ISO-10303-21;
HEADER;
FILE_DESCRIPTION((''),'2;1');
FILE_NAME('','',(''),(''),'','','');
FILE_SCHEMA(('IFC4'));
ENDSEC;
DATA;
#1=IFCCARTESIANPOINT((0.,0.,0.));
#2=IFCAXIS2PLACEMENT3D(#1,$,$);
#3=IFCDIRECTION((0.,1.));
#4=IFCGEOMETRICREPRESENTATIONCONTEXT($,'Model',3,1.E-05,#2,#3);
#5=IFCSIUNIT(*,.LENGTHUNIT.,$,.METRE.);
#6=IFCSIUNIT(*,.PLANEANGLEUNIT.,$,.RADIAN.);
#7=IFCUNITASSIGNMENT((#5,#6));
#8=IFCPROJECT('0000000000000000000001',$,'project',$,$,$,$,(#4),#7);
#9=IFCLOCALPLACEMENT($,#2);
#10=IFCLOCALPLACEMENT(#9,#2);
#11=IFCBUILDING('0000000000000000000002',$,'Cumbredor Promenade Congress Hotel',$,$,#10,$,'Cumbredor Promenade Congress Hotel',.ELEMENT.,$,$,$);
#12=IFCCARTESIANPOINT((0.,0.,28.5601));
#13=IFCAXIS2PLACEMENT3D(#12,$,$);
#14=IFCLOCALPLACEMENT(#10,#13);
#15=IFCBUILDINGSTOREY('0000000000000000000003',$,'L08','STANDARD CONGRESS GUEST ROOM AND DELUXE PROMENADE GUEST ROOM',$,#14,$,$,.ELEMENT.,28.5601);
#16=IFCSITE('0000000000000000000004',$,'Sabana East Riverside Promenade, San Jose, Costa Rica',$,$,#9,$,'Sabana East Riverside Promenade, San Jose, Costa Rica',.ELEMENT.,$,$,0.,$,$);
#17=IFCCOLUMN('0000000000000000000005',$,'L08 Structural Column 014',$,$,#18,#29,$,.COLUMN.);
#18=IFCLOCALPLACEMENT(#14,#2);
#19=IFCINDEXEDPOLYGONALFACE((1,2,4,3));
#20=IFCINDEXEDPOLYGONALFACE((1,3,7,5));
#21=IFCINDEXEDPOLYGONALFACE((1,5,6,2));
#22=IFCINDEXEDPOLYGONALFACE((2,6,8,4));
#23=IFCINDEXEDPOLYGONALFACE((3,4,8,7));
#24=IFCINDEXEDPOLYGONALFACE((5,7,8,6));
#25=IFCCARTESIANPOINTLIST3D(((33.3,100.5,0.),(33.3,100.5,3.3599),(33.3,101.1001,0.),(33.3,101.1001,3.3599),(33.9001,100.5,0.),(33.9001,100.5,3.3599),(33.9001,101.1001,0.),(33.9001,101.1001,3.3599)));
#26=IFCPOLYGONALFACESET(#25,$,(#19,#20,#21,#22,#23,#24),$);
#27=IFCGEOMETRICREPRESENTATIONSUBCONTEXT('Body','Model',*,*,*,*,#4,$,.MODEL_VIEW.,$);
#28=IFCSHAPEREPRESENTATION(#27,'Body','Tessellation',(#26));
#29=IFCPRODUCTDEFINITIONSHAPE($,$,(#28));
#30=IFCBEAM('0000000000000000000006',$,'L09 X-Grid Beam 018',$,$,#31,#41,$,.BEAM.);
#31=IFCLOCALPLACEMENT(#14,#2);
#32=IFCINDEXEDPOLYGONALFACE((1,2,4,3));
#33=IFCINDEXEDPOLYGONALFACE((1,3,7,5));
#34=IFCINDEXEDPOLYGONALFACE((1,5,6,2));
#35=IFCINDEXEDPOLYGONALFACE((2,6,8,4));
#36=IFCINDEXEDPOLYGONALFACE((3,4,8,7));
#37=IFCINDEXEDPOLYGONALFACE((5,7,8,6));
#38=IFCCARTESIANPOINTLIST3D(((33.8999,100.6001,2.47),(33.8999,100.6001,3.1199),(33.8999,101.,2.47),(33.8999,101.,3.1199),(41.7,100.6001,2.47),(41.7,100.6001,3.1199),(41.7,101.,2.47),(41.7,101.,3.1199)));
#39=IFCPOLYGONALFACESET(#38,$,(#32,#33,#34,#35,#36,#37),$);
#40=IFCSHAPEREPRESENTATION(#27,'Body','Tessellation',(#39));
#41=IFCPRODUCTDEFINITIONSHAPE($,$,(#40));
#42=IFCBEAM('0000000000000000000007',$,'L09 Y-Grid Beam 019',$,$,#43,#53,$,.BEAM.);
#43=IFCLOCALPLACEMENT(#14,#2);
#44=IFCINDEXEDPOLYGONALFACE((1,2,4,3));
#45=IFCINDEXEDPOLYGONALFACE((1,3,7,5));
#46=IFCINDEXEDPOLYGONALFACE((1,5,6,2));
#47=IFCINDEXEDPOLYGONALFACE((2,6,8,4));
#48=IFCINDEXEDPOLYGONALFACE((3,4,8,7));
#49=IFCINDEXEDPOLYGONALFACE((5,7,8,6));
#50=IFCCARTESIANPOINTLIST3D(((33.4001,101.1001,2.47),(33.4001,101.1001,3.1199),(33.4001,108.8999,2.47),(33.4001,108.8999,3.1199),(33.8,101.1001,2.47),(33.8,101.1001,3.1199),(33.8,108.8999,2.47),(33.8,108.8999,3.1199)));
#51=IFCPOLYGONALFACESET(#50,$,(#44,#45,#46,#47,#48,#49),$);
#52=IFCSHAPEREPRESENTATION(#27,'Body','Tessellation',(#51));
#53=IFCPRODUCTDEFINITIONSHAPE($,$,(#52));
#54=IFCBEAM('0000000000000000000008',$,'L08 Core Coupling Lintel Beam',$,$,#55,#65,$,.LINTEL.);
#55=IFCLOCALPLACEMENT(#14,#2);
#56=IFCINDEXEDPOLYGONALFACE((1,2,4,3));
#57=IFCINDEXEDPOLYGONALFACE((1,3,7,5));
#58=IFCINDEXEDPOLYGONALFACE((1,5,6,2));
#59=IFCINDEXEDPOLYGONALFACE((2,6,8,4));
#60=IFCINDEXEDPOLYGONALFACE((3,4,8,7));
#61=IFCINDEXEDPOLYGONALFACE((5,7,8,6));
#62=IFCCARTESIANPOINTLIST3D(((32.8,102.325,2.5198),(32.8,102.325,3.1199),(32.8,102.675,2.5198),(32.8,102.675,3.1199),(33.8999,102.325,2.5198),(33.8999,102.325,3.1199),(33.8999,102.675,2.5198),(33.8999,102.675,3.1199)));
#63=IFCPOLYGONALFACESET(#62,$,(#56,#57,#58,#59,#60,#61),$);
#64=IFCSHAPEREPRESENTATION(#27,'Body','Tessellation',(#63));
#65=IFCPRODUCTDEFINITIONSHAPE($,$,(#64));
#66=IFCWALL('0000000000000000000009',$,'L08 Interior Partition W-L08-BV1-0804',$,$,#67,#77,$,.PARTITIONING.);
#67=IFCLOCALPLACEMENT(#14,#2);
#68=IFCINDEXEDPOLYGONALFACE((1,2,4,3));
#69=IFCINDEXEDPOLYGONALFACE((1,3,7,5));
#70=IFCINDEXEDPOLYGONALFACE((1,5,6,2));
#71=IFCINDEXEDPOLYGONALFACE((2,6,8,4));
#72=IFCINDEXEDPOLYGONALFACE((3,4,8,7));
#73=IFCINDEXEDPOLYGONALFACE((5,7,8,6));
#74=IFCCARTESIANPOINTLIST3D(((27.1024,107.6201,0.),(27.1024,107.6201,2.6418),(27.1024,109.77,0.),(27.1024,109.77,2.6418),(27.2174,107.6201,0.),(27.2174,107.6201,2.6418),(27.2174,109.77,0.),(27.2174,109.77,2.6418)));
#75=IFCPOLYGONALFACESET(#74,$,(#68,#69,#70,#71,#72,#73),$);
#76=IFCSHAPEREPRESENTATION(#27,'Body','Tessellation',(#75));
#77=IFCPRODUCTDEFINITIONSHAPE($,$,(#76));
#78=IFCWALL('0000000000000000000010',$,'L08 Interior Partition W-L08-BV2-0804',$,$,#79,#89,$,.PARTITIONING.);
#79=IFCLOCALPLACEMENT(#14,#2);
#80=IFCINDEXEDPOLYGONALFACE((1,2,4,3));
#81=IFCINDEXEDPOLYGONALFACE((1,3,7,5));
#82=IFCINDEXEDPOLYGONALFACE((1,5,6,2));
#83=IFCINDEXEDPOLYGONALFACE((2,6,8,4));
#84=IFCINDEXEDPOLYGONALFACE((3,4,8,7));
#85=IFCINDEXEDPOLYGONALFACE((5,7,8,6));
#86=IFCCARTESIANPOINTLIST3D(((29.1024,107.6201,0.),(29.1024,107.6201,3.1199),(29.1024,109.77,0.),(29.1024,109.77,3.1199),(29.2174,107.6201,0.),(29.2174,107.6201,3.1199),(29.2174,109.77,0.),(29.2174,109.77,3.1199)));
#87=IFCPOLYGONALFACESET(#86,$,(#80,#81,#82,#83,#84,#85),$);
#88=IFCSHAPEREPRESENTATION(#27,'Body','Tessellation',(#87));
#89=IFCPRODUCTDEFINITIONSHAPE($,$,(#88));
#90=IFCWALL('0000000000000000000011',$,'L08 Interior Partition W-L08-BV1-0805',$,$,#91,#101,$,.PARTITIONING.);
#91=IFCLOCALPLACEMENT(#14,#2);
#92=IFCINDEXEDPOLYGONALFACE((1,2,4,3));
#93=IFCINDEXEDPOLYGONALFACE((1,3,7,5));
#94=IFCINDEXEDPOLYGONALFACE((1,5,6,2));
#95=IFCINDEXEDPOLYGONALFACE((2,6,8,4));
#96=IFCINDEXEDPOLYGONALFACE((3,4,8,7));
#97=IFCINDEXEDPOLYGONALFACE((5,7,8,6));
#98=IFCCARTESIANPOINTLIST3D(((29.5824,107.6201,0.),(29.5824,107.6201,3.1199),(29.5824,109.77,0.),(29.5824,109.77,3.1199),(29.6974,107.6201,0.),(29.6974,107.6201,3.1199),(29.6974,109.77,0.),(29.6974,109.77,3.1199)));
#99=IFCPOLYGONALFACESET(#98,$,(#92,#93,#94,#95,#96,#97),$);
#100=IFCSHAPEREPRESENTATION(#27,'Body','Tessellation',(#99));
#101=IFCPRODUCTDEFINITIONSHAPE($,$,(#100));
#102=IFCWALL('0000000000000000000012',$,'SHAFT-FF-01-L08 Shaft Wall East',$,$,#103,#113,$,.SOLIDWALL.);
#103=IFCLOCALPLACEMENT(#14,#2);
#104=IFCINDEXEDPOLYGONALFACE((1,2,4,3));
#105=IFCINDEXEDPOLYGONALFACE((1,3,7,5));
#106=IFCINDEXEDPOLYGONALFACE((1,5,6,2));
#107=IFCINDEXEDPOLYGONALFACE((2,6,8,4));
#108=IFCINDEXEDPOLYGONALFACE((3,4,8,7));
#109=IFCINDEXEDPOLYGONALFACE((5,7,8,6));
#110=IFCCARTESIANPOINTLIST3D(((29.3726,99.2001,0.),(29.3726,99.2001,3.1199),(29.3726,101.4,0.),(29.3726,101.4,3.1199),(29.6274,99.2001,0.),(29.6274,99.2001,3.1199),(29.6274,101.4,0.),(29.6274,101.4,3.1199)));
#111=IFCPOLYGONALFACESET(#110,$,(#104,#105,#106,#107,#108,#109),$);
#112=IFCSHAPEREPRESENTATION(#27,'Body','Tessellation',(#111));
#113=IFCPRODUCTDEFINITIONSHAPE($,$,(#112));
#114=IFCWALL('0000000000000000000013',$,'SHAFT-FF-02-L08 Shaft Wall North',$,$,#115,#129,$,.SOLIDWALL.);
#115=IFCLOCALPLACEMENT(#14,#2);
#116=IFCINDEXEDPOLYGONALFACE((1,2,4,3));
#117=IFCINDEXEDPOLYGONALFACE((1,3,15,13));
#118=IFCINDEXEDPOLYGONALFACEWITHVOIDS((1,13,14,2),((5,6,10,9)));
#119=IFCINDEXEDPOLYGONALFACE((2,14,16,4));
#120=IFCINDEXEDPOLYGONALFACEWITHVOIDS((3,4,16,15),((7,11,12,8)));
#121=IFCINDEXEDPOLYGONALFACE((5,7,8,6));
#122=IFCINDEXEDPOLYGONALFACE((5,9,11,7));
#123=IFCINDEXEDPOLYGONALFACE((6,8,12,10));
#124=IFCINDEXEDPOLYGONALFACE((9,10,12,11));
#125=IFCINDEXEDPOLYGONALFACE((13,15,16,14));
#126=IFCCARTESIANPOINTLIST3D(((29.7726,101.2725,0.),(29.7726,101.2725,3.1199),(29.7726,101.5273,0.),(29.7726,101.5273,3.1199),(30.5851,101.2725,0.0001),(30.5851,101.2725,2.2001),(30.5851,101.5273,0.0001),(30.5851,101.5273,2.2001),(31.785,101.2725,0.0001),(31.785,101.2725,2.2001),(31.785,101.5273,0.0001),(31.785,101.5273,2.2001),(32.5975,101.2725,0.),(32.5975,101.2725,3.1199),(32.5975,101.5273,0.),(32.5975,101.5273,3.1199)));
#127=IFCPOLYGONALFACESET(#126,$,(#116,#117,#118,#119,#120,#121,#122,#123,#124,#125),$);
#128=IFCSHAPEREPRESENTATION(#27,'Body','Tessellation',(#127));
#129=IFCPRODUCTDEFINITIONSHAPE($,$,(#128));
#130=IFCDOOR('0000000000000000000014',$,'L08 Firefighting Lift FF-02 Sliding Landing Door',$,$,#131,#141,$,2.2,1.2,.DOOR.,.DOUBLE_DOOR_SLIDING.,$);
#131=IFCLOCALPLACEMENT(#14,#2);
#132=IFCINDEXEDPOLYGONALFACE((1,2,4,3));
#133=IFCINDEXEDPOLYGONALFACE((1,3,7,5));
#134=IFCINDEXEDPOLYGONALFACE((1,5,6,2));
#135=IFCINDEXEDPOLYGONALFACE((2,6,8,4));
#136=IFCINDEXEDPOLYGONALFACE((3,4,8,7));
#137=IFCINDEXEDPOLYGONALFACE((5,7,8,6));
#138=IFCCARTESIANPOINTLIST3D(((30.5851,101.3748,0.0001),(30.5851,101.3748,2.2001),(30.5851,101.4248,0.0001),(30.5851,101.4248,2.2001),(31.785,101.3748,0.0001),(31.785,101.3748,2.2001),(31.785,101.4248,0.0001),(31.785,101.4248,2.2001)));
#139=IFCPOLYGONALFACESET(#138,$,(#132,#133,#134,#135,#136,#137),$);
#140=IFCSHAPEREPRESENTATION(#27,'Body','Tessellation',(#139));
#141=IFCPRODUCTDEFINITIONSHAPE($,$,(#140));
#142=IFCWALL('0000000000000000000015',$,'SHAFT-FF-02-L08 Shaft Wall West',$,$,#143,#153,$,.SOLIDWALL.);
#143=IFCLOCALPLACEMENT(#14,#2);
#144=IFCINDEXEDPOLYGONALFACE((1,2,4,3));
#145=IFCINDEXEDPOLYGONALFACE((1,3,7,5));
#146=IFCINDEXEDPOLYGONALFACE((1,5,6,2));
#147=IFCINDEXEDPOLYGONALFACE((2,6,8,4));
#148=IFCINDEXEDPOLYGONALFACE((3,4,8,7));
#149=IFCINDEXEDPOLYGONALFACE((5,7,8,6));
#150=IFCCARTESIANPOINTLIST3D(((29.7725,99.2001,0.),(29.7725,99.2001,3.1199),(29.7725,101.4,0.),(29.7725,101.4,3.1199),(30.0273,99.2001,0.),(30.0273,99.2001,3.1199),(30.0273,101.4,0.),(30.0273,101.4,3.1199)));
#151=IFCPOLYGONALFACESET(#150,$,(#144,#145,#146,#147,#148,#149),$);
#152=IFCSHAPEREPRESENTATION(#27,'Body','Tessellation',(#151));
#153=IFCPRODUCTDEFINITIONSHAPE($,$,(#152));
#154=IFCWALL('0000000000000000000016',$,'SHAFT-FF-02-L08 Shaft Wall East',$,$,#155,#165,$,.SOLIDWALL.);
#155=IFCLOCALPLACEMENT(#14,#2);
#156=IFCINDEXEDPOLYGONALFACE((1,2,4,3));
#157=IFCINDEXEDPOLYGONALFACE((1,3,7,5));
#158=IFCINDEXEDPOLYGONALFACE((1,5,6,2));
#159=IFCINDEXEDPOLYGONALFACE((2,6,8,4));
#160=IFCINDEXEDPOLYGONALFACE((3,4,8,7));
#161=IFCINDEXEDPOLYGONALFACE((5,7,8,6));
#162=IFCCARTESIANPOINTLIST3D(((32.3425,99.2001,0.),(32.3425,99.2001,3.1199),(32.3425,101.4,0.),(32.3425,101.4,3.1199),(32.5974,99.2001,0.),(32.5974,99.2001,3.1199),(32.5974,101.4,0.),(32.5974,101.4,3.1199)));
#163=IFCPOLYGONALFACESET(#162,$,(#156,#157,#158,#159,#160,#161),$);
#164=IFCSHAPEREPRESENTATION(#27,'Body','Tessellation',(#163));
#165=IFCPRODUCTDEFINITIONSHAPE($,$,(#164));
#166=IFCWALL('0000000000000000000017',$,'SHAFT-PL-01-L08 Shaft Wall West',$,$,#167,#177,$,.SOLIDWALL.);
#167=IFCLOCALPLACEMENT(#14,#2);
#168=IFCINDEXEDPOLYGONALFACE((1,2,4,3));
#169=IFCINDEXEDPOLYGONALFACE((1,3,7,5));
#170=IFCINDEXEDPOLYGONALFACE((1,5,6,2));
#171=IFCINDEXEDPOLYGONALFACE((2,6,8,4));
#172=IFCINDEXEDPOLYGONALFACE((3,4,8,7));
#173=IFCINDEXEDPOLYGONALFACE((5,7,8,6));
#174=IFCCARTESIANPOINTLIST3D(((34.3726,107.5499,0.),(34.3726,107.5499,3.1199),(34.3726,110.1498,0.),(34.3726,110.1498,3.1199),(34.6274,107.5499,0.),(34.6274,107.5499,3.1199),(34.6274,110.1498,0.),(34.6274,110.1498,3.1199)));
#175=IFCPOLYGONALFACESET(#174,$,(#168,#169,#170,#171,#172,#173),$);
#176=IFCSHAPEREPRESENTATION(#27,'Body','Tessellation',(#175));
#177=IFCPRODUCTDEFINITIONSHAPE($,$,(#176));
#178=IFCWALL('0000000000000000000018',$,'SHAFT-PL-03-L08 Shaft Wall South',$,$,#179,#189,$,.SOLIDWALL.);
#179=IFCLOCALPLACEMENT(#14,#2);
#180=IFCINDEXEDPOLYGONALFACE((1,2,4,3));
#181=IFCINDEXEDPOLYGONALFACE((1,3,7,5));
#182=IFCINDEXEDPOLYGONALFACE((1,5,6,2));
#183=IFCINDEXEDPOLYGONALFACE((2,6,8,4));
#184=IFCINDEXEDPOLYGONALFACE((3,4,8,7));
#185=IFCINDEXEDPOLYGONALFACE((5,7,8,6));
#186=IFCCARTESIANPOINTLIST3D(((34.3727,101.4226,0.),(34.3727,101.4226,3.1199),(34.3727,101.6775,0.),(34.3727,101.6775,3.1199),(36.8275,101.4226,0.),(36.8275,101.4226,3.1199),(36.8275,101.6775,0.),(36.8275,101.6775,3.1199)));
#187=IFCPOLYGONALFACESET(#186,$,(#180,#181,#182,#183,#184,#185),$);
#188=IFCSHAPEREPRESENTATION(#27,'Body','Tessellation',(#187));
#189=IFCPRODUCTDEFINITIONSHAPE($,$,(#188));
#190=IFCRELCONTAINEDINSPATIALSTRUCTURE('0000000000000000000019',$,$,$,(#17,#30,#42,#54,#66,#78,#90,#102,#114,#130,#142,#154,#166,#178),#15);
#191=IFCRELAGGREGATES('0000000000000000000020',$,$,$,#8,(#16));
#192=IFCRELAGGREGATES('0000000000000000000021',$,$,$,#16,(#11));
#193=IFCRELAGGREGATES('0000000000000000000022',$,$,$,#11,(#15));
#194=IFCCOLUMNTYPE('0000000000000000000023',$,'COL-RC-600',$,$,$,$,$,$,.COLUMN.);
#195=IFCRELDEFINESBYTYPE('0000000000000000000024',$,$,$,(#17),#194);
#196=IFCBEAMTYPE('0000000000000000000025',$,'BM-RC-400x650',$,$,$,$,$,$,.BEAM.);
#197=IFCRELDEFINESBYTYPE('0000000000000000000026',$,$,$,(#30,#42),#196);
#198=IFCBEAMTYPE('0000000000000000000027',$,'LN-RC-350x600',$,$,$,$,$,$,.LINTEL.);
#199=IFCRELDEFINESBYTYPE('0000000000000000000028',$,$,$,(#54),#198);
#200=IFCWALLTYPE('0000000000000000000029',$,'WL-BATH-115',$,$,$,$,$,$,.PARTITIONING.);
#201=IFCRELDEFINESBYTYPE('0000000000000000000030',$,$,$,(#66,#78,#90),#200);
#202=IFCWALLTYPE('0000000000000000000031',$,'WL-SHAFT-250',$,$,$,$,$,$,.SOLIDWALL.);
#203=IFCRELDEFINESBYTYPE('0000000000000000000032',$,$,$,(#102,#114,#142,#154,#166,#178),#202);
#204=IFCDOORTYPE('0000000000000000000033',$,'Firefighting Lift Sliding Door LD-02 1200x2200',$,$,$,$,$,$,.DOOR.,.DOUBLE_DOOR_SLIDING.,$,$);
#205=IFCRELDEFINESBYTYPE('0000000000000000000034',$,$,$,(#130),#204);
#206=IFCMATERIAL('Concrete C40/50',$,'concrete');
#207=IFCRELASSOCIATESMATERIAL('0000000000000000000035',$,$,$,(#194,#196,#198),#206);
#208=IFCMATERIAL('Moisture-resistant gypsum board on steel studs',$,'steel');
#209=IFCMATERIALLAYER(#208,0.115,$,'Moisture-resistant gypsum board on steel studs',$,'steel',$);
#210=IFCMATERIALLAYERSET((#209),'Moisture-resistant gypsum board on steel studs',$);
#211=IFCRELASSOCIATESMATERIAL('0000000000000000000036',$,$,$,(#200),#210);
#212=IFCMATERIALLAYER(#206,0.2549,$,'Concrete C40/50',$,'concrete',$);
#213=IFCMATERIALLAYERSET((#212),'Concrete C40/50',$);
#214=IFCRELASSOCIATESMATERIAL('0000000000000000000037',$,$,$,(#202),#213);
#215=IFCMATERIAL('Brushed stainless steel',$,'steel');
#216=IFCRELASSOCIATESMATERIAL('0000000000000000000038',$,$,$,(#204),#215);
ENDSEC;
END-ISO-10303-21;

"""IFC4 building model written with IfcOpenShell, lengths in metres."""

from ifc_helpers import new_model, si_unit, direction, frame, frame_2d, origin, origin_2d, place, context, subcontext, project, spatial, rectangle, extrude, material, layer, layer_set, material_profile, profile_set, type_object, element, fill, save


model = new_model("IFC4")

# Units and contexts
model_context = context("Model", 3, precision=1e-05, world=origin(), true_north=direction((0.0, 1.0)))
body_context = subcontext(model_context, "Body", "Model", "MODEL_VIEW")
ifc_project = project(units=[si_unit("LENGTHUNIT", "METRE"), si_unit("PLANEANGLEUNIT", "RADIAN")], contexts=[model_context])

# Site, building, storey
site_placement = place(None, origin())
site = spatial("IfcSite", under=ifc_project, at=site_placement, Name="Sabana East Riverside Promenade, San Jose, Costa Rica", LongName="Sabana East Riverside Promenade, San Jose, Costa Rica", CompositionType="ELEMENT", RefElevation=0.0)
building_placement = place(site_placement, origin())
building = spatial("IfcBuilding", under=site, at=building_placement, Name="Cumbredor Promenade Congress Hotel", LongName="Cumbredor Promenade Congress Hotel", CompositionType="ELEMENT")
storey_placement = place(building_placement, frame((0.0, 0.0, 28.5601)))
storey = spatial("IfcBuildingStorey", under=building, at=storey_placement, Name="L08", Description="STANDARD CONGRESS GUEST ROOM AND DELUXE PROMENADE GUEST ROOM", CompositionType="ELEMENT", Elevation=28.5601)

# Column
ifc_material_1 = material(Name="Concrete C40/50", Category="concrete")
ifc_material_profile_1 = material_profile(ifc_material_1, rectangle(XDim=0.6001, YDim=0.6001, at=origin_2d()), Name="RC 600x600")
ifc_profile_set_1 = profile_set([ifc_material_profile_1], Name="Concrete C40/50")
column_type = type_object("IfcColumnType", Name="COL-RC-600", PredefinedType="COLUMN", material=ifc_profile_set_1)
column_placement = place(storey_placement, frame((33.6001, 100.8, 0.0), z_axis=(0.0, 0.0, 1.0), x_axis=(1.0, 0.0, 0.0)))
element("IfcColumn", 1, at=column_placement, inside=storey, type_object=column_type, Name="L08 Structural Column 014", PredefinedType="COLUMN", context=body_context, shape_type="SweptSolid", body=[
    extrude(rectangle(XDim=0.6001, YDim=0.6001, at=origin_2d()), origin(), (0.0, 0.0, 1.0), 3.3599),
])

# Beams
ifc_material_profile_2 = material_profile(ifc_material_1, rectangle(XDim=0.3999, YDim=0.6499, at=origin_2d()), Name="RC BEAM 400x650")
ifc_profile_set_2 = profile_set([ifc_material_profile_2], Name="Concrete C40/50")
beam_type_1 = type_object("IfcBeamType", Name="BM-RC-400x650", PredefinedType="BEAM", material=ifc_profile_set_2)
beam_1_placement = place(storey_placement, frame((33.8999, 100.8, 2.7949), z_axis=(1.0, 0.0, 0.0), x_axis=(0.0, 1.0, 0.0)))
element("IfcBeam", 2, at=beam_1_placement, inside=storey, type_object=beam_type_1, Name="L09 X-Grid Beam 018", PredefinedType="BEAM", context=body_context, shape_type="SweptSolid", body=[
    extrude(rectangle(XDim=0.3999, YDim=0.6499, at=origin_2d()), origin(), (0.0, 0.0, 1.0), 7.8),
])
beam_2_placement = place(storey_placement, frame((33.6001, 101.1001, 2.7949), z_axis=(0.0, 1.0, 0.0), x_axis=(-1.0, 0.0, 0.0)))
element("IfcBeam", 3, at=beam_2_placement, inside=storey, type_object=beam_type_1, Name="L09 Y-Grid Beam 019", PredefinedType="BEAM", context=body_context, shape_type="SweptSolid", body=[
    extrude(rectangle(XDim=0.3999, YDim=0.6499, at=origin_2d()), origin(), (0.0, 0.0, 1.0), 7.7998),
])
ifc_material_profile_3 = material_profile(ifc_material_1, rectangle(XDim=0.3501, YDim=0.6001, at=origin_2d()), Name="RC LINTEL 350x600")
ifc_profile_set_3 = profile_set([ifc_material_profile_3], Name="Concrete C40/50")
beam_type_2 = type_object("IfcBeamType", Name="LN-RC-350x600", PredefinedType="LINTEL", material=ifc_profile_set_3)
beam_3_placement = place(storey_placement, frame((32.8, 102.5, 2.8198), z_axis=(1.0, 0.0, 0.0), x_axis=(0.0, 1.0, 0.0)))
element("IfcBeam", 4, at=beam_3_placement, inside=storey, type_object=beam_type_2, Name="L08 Core Coupling Lintel Beam", PredefinedType="LINTEL", context=body_context, shape_type="SweptSolid", body=[
    extrude(rectangle(XDim=0.3501, YDim=0.6001, at=origin_2d()), origin(), (0.0, 0.0, 1.0), 1.0999),
])

# Walls
ifc_material_2 = material(Name="Moisture-resistant gypsum board on steel studs", Category="steel")
ifc_layer_1 = layer(ifc_material_2, 0.115, Name="Moisture-resistant gypsum board on steel studs", Category="steel")
ifc_layer_set_1 = layer_set([ifc_layer_1], Name="Moisture-resistant gypsum board on steel studs")
wall_type_1 = type_object("IfcWallType", Name="WL-BATH-115", PredefinedType="PARTITIONING", material=ifc_layer_set_1)
wall_1_placement = place(storey_placement, frame((27.1599, 107.6201, 0.0), z_axis=(0.0, 0.0, 1.0), x_axis=(0.0, 1.0, 0.0)))
element("IfcWall", 5, at=wall_1_placement, inside=storey, type_object=wall_type_1, Name="L08 Interior Partition W-L08-BV1-0804", PredefinedType="PARTITIONING", context=body_context, shape_type="SweptSolid", body=[
    extrude(rectangle(XDim=2.1499, YDim=0.115, at=frame_2d((1.075, 0.0))), origin(), (0.0, 0.0, 1.0), 2.6418),
])
for number, where, z_axis, x_axis, name in (
    (6, (29.1599, 107.6201, 0.0), (0.0, 0.0, 1.0), (0.0, 1.0, 0.0), "L08 Interior Partition W-L08-BV2-0804"),
    (7, (29.6399, 107.6201, 0.0), (0.0, 0.0, 1.0), (0.0, 1.0, 0.0), "L08 Interior Partition W-L08-BV1-0805"),
):
    element("IfcWall", number, at=place(storey_placement, frame(where, z_axis=z_axis, x_axis=x_axis)), inside=storey, type_object=wall_type_1, Name=name, PredefinedType="PARTITIONING", context=body_context, shape_type="SweptSolid", body=[
        extrude(rectangle(XDim=2.1499, YDim=0.115, at=frame_2d((1.075, 0.0))), origin(), (0.0, 0.0, 1.0), 3.1199),
    ])
ifc_layer_2 = layer(ifc_material_1, 0.2549, Name="Concrete C40/50", Category="concrete")
ifc_layer_set_2 = layer_set([ifc_layer_2], Name="Concrete C40/50")
wall_type_2 = type_object("IfcWallType", Name="WL-SHAFT-250", PredefinedType="SOLIDWALL", material=ifc_layer_set_2)
wall_2_placement = place(storey_placement, frame((29.5, 99.2, 0.0), z_axis=(0.0, 0.0, 1.0), x_axis=(0.0, 1.0, 0.0)))
element("IfcWall", 8, at=wall_2_placement, inside=storey, type_object=wall_type_2, Name="SHAFT-FF-01-L08 Shaft Wall East", PredefinedType="SOLIDWALL", context=body_context, shape_type="SweptSolid", body=[
    extrude(rectangle(XDim=2.2, YDim=0.2549, at=frame_2d((1.1001, 0.0))), origin(), (0.0, 0.0, 1.0), 3.1199),
])

# Wall, opening, door
wall_3_placement = place(storey_placement, frame((29.7725, 101.3999, 0.0), z_axis=(0.0, 0.0, 1.0), x_axis=(1.0, 0.0, 0.0)))
wall_3 = element("IfcWall", 9, at=wall_3_placement, inside=storey, type_object=wall_type_2, Name="SHAFT-FF-02-L08 Shaft Wall North", PredefinedType="SOLIDWALL", context=body_context, shape_type="SweptSolid", body=[
    extrude(rectangle(XDim=2.825, YDim=0.2549, at=frame_2d((1.4126, 0.0))), origin(), (0.0, 0.0, 1.0), 3.1199),
])
opening_1_placement = place(wall_3_placement, frame((0.8125, 0.0, 0.0)))
opening_1 = element("IfcOpeningElement", 10, at=opening_1_placement, cuts=wall_3, PredefinedType="OPENING", context=body_context, shape_type="SweptSolid", body=[
    extrude(rectangle(XDim=1.2, YDim=2.2, at=frame_2d((0.6001, 1.1001))), frame((0.0, 0.1375, 0.0), z_axis=(0.0, -1.0, 0.0), x_axis=(1.0, 0.0, 0.0)), (0.0, 0.0, 1.0), 0.2749),
])
ifc_material_3 = material(Name="Brushed stainless steel", Category="steel")
door_type_1 = type_object("IfcDoorType", Name="Firefighting Lift Sliding Door LD-02 1200x2200", OperationType="DOUBLE_DOOR_SLIDING", PredefinedType="DOOR", material=ifc_material_3)
door_1_placement = place(opening_1_placement, origin())
door_1 = element("IfcDoor", 11, at=door_1_placement, inside=storey, type_object=door_type_1, Name="L08 Firefighting Lift FF-02 Sliding Landing Door", OperationType="DOUBLE_DOOR_SLIDING", OverallHeight=2.2, OverallWidth=1.2, PredefinedType="DOOR", context=body_context, shape_type="SweptSolid", body=[
    extrude(rectangle(XDim=1.2, YDim=2.2, at=frame_2d((0.6001, 1.1001))), frame((0.0, 0.0249, 0.0), z_axis=(0.0, -1.0, 0.0), x_axis=(1.0, 0.0, 0.0)), (0.0, 0.0, 1.0), 0.05),
])
fill(opening_1, door_1)

# Walls
for number, where, z_axis, x_axis, name in (
    (12, (29.8999, 99.2, 0.0), (0.0, 0.0, 1.0), (0.0, 1.0, 0.0), "SHAFT-FF-02-L08 Shaft Wall West"),
    (13, (32.47, 99.2, 0.0), (0.0, 0.0, 1.0), (0.0, 1.0, 0.0), "SHAFT-FF-02-L08 Shaft Wall East"),
):
    element("IfcWall", number, at=place(storey_placement, frame(where, z_axis=z_axis, x_axis=x_axis)), inside=storey, type_object=wall_type_2, Name=name, PredefinedType="SOLIDWALL", context=body_context, shape_type="SweptSolid", body=[
        extrude(rectangle(XDim=2.2, YDim=0.2549, at=frame_2d((1.1001, 0.0))), origin(), (0.0, 0.0, 1.0), 3.1199),
    ])

# Walls
wall_4_placement = place(storey_placement, frame((34.5, 107.55, 0.0), z_axis=(0.0, 0.0, 1.0), x_axis=(0.0, 1.0, 0.0)))
element("IfcWall", 14, at=wall_4_placement, inside=storey, type_object=wall_type_2, Name="SHAFT-PL-01-L08 Shaft Wall West", PredefinedType="SOLIDWALL", context=body_context, shape_type="SweptSolid", body=[
    extrude(rectangle(XDim=2.5999, YDim=0.2549, at=frame_2d((1.2998, 0.0))), origin(), (0.0, 0.0, 1.0), 3.1199),
])
wall_5_placement = place(storey_placement, frame((34.3726, 101.55, 0.0), z_axis=(0.0, 0.0, 1.0), x_axis=(1.0, 0.0, 0.0)))
element("IfcWall", 15, at=wall_5_placement, inside=storey, type_object=wall_type_2, Name="SHAFT-PL-03-L08 Shaft Wall South", PredefinedType="SOLIDWALL", context=body_context, shape_type="SweptSolid", body=[
    extrude(rectangle(XDim=2.4548, YDim=0.2549, at=frame_2d((1.2275, 0.0))), origin(), (0.0, 0.0, 1.0), 3.1199),
])

save(model, "model.ifc")
